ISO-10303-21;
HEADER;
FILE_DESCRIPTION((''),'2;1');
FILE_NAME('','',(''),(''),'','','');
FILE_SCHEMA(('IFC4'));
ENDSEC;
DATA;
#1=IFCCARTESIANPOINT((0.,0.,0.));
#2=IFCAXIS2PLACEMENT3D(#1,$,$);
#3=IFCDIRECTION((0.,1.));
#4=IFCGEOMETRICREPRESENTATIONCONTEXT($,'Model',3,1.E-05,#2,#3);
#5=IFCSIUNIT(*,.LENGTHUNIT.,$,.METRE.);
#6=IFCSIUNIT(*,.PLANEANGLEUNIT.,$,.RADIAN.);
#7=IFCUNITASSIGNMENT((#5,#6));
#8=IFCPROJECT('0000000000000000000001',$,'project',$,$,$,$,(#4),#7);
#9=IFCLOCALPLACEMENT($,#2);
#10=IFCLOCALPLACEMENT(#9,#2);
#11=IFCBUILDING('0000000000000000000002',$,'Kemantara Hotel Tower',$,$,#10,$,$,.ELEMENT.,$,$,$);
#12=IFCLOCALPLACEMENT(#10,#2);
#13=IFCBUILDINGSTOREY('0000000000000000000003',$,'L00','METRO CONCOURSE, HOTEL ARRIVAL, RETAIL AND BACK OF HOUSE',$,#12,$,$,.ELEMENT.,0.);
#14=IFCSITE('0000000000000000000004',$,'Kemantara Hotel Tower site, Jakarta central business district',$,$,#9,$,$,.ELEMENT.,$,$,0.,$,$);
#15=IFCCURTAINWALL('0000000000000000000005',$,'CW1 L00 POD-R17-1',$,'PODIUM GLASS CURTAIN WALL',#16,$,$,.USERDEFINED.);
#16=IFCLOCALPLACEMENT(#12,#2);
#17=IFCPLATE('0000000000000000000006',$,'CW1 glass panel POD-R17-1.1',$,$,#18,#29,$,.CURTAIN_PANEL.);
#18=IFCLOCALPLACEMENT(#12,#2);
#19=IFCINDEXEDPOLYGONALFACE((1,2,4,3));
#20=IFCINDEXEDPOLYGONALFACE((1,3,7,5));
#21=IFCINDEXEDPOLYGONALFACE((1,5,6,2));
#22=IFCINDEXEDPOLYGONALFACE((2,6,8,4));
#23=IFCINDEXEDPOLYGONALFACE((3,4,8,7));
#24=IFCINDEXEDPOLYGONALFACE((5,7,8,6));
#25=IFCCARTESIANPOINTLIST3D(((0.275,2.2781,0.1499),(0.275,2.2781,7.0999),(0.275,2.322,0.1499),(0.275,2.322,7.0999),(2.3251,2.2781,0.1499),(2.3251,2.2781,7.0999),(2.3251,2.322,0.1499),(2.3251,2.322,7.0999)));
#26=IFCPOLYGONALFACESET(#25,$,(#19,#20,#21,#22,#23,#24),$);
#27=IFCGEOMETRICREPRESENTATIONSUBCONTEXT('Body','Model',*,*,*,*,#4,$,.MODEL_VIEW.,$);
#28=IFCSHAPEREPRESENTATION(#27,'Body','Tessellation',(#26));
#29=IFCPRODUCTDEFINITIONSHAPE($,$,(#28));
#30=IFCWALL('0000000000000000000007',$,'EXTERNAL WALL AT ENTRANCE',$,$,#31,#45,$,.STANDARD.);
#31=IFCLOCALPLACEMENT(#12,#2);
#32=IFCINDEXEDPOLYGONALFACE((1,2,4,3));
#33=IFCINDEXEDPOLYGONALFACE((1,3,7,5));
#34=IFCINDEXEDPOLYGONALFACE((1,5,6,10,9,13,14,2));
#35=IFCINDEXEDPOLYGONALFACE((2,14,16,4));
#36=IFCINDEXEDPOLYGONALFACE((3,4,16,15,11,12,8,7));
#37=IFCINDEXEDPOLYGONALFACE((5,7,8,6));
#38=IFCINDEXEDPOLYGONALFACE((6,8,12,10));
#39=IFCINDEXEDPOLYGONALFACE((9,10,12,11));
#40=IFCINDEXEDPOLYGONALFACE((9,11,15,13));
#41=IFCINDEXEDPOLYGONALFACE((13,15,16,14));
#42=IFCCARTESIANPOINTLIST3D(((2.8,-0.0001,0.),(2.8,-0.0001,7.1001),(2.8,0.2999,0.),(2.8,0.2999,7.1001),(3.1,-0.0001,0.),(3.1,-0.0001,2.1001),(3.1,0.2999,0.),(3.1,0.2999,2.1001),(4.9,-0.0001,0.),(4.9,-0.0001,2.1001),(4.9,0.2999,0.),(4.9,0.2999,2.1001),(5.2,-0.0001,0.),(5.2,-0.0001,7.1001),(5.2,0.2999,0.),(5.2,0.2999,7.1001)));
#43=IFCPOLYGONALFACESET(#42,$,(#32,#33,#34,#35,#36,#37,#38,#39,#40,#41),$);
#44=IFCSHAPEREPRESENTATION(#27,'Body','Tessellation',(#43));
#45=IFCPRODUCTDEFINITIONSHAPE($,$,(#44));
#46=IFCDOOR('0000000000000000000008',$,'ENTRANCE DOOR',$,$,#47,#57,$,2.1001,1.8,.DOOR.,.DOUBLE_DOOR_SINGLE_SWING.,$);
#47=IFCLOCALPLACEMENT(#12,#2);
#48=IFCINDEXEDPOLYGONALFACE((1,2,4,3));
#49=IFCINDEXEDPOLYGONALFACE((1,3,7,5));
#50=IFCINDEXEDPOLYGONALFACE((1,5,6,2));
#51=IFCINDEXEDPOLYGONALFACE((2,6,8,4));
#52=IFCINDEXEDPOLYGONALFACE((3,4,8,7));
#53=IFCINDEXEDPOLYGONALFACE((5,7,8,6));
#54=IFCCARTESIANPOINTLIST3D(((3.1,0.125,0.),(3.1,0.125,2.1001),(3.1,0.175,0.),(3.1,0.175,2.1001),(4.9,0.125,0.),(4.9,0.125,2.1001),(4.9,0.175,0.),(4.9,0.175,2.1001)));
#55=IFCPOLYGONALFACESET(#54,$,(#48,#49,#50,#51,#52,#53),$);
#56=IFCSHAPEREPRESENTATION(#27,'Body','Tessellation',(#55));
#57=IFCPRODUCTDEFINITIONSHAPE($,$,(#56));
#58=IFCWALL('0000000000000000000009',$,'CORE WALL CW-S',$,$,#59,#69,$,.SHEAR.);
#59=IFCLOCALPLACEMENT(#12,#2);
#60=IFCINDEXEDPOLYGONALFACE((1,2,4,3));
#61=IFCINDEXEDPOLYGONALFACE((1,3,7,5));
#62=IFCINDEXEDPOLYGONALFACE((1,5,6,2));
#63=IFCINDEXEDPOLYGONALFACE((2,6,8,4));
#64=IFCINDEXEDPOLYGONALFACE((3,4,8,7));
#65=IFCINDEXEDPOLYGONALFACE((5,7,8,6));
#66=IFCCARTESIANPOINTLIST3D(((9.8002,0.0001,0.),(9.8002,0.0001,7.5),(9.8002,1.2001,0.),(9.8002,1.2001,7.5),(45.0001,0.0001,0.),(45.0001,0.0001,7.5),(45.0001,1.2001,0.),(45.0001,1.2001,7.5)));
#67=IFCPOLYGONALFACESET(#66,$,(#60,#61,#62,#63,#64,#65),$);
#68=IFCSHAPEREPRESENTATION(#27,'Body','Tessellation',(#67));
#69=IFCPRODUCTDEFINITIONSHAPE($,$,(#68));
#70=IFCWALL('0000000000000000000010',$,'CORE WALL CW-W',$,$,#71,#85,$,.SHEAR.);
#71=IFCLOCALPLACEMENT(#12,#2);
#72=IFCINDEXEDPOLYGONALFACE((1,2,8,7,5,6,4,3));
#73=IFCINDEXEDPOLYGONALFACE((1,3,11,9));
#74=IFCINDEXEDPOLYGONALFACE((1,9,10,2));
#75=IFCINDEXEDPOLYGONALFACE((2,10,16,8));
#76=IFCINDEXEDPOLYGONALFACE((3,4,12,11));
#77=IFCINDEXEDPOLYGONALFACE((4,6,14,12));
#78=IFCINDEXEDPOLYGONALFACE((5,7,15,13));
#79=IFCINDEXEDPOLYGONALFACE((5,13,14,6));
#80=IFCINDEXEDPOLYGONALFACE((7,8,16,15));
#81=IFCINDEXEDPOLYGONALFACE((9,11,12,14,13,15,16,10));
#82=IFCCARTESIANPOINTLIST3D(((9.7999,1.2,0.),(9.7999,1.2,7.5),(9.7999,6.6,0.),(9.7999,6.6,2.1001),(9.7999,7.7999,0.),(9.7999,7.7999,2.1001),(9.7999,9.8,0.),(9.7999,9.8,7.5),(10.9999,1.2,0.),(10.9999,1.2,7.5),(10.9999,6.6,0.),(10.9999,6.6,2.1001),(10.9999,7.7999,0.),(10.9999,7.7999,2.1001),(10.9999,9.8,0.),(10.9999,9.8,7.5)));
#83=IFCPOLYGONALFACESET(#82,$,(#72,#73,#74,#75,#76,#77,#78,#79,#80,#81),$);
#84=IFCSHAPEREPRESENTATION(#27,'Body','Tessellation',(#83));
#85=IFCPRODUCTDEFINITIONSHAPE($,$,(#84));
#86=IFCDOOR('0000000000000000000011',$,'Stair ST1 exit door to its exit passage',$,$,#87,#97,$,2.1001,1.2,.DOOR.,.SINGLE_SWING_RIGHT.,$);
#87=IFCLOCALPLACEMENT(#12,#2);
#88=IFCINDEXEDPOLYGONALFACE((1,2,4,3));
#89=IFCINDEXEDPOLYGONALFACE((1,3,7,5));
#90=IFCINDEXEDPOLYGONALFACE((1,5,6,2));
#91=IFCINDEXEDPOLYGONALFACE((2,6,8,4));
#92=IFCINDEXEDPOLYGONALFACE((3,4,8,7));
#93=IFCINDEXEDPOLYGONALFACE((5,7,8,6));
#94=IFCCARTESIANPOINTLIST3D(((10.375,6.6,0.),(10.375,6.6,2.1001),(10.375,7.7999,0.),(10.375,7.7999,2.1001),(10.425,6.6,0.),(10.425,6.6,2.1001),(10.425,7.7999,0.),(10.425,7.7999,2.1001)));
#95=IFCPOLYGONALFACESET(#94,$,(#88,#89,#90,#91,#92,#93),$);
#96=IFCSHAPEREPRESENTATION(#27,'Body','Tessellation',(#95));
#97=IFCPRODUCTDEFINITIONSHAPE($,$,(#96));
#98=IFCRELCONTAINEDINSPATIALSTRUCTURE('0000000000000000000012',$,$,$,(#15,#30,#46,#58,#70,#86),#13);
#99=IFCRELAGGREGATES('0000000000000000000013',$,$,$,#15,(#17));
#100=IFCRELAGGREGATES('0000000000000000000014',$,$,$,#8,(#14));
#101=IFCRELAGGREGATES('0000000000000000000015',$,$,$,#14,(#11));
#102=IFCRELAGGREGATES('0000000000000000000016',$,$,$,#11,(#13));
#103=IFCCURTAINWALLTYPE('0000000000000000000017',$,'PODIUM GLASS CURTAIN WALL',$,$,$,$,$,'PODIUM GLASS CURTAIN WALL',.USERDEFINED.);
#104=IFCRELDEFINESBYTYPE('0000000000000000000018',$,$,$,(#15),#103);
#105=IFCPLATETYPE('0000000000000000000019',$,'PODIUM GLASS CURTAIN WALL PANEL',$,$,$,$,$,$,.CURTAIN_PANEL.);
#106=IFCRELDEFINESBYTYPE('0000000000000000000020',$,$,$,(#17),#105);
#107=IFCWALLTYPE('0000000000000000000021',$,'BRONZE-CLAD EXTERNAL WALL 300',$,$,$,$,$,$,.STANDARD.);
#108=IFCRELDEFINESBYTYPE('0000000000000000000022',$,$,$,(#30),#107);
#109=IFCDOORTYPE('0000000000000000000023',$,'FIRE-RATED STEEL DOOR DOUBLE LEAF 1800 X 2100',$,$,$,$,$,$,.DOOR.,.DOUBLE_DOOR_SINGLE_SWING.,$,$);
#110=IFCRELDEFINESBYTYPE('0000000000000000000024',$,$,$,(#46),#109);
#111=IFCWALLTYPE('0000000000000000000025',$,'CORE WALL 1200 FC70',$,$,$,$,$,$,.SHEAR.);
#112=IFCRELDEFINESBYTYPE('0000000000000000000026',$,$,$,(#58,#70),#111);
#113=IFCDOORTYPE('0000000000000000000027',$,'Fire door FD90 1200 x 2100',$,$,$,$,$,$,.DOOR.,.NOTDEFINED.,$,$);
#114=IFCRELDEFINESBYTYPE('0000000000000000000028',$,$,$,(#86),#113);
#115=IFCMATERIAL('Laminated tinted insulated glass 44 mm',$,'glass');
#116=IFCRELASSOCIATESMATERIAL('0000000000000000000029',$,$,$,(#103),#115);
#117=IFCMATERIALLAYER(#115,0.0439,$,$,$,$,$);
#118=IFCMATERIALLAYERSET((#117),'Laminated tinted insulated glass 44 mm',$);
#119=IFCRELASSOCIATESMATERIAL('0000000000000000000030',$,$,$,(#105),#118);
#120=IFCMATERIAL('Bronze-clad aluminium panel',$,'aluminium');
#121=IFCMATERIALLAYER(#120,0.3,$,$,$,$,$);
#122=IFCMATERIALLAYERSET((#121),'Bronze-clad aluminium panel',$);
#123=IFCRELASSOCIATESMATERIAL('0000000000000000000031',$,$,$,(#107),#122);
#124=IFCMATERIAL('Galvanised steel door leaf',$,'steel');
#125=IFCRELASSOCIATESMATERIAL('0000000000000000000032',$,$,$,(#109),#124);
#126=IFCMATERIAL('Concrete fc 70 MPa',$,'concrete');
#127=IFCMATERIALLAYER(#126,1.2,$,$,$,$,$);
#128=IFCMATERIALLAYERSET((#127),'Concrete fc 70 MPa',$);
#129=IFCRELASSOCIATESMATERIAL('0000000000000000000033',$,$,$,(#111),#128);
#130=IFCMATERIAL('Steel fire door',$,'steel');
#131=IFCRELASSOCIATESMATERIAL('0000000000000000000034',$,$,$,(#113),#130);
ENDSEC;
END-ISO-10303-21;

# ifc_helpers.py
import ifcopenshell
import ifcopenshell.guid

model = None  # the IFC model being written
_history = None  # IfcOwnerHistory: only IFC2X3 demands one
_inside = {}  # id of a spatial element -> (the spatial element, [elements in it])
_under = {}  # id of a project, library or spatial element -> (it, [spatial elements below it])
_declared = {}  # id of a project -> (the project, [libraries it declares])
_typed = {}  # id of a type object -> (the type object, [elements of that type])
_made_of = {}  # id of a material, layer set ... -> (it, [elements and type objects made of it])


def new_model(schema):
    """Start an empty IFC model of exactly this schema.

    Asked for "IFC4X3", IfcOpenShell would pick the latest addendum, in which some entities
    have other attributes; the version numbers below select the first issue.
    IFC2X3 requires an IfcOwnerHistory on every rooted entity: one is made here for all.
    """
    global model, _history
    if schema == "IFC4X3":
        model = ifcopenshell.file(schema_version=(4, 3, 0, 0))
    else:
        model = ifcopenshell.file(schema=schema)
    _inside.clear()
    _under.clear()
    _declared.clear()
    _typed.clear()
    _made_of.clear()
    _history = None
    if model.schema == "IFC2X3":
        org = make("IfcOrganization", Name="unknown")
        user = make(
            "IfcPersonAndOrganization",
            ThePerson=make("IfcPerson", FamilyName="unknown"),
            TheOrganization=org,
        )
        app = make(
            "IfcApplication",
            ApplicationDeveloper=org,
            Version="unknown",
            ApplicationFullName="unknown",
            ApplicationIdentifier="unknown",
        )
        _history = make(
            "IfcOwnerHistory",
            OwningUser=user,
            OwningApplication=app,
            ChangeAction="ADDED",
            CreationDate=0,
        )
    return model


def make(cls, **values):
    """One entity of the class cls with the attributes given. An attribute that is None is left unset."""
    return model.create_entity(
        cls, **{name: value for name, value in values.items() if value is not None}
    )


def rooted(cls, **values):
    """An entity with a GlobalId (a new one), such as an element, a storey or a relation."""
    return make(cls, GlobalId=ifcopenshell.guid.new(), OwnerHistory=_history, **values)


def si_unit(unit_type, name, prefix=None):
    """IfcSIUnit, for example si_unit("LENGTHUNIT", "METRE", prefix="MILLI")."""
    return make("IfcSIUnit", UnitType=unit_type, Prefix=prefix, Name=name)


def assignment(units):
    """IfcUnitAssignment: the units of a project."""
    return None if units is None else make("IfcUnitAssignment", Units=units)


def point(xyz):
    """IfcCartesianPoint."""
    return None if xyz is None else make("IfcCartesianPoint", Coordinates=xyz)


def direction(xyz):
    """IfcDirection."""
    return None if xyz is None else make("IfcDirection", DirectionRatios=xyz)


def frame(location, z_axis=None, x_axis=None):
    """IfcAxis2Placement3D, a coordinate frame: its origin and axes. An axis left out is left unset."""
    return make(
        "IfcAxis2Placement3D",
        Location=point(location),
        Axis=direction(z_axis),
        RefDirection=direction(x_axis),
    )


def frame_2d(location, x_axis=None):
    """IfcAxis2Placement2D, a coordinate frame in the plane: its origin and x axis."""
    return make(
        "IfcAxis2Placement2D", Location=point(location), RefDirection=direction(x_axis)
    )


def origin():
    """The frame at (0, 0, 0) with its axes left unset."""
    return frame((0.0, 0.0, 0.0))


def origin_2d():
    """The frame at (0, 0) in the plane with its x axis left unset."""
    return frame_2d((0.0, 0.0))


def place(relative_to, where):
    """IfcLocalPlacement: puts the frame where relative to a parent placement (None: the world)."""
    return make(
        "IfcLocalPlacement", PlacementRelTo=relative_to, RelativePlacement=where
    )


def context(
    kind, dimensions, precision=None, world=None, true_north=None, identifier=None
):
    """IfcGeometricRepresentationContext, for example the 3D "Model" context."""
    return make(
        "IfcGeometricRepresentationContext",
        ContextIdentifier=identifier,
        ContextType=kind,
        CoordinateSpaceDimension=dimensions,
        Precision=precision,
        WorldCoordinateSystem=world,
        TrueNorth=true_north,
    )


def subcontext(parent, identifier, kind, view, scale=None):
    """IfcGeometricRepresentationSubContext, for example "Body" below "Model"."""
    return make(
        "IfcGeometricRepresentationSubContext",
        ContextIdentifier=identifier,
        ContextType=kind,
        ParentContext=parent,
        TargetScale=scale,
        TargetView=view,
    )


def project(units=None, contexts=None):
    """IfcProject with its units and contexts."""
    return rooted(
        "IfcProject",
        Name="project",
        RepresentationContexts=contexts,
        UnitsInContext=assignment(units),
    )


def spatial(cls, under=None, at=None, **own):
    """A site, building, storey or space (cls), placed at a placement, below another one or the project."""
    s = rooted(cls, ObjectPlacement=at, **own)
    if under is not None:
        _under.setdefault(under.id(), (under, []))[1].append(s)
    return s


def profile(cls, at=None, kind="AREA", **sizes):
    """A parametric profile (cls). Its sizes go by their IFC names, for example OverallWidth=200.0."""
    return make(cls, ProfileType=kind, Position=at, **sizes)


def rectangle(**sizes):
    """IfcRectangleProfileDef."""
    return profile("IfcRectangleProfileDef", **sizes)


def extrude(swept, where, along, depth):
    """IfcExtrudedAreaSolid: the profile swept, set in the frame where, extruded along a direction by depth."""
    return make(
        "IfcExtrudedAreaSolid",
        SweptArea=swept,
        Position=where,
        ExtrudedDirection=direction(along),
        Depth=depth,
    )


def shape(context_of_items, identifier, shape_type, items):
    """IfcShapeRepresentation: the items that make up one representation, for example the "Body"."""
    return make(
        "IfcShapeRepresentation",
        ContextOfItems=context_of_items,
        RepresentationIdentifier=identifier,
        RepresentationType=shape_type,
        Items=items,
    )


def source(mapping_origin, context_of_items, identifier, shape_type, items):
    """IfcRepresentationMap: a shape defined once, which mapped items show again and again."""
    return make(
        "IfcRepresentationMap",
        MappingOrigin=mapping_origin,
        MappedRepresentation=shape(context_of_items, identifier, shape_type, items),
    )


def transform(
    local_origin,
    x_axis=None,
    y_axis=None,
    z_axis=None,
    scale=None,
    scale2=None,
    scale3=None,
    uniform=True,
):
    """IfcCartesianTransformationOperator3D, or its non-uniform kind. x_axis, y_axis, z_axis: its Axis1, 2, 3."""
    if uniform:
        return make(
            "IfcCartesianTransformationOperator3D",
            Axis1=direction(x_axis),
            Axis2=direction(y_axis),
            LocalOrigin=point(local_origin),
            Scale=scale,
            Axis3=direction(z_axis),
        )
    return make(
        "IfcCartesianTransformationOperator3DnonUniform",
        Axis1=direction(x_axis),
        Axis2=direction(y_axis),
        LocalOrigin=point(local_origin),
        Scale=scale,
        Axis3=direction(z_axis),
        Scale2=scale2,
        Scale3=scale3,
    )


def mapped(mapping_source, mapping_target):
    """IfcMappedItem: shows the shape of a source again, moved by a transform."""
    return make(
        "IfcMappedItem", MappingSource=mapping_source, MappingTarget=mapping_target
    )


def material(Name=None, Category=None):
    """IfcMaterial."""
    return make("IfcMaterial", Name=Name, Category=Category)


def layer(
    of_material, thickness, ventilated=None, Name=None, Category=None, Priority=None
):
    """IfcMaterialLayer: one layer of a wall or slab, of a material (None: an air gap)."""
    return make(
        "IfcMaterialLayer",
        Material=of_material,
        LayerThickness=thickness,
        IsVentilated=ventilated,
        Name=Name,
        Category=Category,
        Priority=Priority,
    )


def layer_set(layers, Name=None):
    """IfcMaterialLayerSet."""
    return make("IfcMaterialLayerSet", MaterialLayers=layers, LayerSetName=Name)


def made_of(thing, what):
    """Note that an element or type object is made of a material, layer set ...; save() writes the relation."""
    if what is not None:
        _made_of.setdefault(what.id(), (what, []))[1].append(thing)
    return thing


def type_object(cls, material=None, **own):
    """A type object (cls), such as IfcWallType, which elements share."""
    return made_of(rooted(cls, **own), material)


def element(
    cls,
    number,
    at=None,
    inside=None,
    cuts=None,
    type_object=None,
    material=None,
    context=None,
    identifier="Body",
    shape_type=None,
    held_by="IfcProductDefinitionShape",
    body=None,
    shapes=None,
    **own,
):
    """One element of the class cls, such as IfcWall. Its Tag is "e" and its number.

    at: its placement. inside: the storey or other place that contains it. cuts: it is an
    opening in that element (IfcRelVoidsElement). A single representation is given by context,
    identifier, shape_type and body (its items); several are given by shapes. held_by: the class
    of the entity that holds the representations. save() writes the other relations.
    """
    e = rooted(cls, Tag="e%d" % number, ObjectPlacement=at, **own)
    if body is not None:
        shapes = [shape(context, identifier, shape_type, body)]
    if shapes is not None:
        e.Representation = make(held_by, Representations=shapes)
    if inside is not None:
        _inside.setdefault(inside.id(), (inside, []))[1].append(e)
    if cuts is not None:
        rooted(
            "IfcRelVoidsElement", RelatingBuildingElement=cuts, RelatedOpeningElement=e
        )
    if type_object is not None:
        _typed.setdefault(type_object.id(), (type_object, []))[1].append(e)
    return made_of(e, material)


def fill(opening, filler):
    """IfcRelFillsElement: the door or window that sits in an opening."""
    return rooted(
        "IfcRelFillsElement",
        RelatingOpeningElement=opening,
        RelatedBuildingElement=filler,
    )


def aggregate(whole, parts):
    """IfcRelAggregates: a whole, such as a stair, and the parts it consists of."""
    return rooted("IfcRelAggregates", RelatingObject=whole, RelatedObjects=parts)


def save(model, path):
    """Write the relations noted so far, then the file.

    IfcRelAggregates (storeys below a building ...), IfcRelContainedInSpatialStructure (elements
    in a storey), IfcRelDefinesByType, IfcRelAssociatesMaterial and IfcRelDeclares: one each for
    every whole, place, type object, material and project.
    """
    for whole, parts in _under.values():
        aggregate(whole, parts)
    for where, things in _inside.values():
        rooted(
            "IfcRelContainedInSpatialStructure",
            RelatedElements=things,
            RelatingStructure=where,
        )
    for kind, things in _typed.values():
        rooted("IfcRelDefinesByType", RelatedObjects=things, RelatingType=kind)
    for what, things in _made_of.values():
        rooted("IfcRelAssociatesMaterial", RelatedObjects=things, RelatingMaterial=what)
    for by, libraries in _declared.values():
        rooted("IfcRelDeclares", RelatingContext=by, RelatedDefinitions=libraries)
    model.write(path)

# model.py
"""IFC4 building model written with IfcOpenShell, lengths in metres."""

from ifc_helpers import new_model, si_unit, direction, frame, frame_2d, origin, origin_2d, place, context, subcontext, project, spatial, rectangle, extrude, source, transform, mapped, material, layer, layer_set, type_object, element, fill, aggregate, save


model = new_model("IFC4")

# Units and contexts
model_context = context("Model", 3, precision=1e-05, world=origin(), true_north=direction((0.0, 1.0)))
body_context = subcontext(model_context, "Body", "Model", "MODEL_VIEW")
ifc_project = project(units=[si_unit("LENGTHUNIT", "METRE"), si_unit("PLANEANGLEUNIT", "RADIAN")], contexts=[model_context])

# Site, building, storey
site_placement = place(None, origin())
site = spatial("IfcSite", under=ifc_project, at=site_placement, Name="Kemantara Hotel Tower site, Jakarta central business district", CompositionType="ELEMENT", RefElevation=0.0)
building_placement = place(site_placement, origin())
building = spatial("IfcBuilding", under=site, at=building_placement, Name="Kemantara Hotel Tower", CompositionType="ELEMENT")
storey_placement = place(building_placement, origin())
storey = spatial("IfcBuildingStorey", under=building, at=storey_placement, Name="L00", Description="METRO CONCOURSE, HOTEL ARRIVAL, RETAIL AND BACK OF HOUSE", CompositionType="ELEMENT", Elevation=0.0)

# Shared definitions
ifc_material_1 = material(Name="Laminated tinted insulated glass 44 mm", Category="glass")
curtain_wall_type = type_object("IfcCurtainWallType", Name="PODIUM GLASS CURTAIN WALL", ElementType="PODIUM GLASS CURTAIN WALL", PredefinedType="USERDEFINED", material=ifc_material_1)

# Curtain wall
curtain_wall_1_placement = place(storey_placement, origin())
curtain_wall_1 = element("IfcCurtainWall", 1, at=curtain_wall_1_placement, inside=storey, type_object=curtain_wall_type, Name="CW1 L00 POD-R17-1", ObjectType="PODIUM GLASS CURTAIN WALL", PredefinedType="USERDEFINED")

# Plate
ifc_layer_1 = layer(ifc_material_1, 0.0439)
ifc_layer_set_1 = layer_set([ifc_layer_1], Name="Laminated tinted insulated glass 44 mm")
plate_type = type_object("IfcPlateType", Name="PODIUM GLASS CURTAIN WALL PANEL", PredefinedType="CURTAIN_PANEL", material=ifc_layer_set_1)
shared_shape_1 = source(origin(), body_context, "Body", "SweptSolid", [
    extrude(rectangle(XDim=2.05, YDim=0.0439, at=origin_2d()), origin(), (0.0, 0.0, 1.0), 6.95),
])
plate_1_placement = place(storey_placement, frame((1.3, 2.3, 0.1499), z_axis=(0.0, 0.0, 1.0), x_axis=(1.0, 0.0, 0.0)))
plate_1 = element("IfcPlate", 2, at=plate_1_placement, type_object=plate_type, Name="CW1 glass panel POD-R17-1.1", PredefinedType="CURTAIN_PANEL", context=body_context, shape_type="MappedRepresentation", body=[
    mapped(shared_shape_1, transform((0.0, 0.0, 0.0))),
])
aggregate(curtain_wall_1, [plate_1])

# Wall, opening, door
ifc_material_2 = material(Name="Bronze-clad aluminium panel", Category="aluminium")
ifc_layer_2 = layer(ifc_material_2, 0.3)
ifc_layer_set_2 = layer_set([ifc_layer_2], Name="Bronze-clad aluminium panel")
wall_type_1 = type_object("IfcWallType", Name="BRONZE-CLAD EXTERNAL WALL 300", PredefinedType="STANDARD", material=ifc_layer_set_2)
wall_1_placement = place(storey_placement, frame((5.2, 0.1499, 0.0), z_axis=(0.0, 0.0, 1.0), x_axis=(-1.0, 0.0, 0.0)))
wall_1 = element("IfcWall", 3, at=wall_1_placement, inside=storey, type_object=wall_type_1, Name="EXTERNAL WALL AT ENTRANCE", PredefinedType="STANDARD", context=body_context, shape_type="SweptSolid", body=[
    extrude(rectangle(XDim=2.3999, YDim=0.3, at=frame_2d((1.2, 0.0))), origin(), (0.0, 0.0, 1.0), 7.1001),
])
opening_1_placement = place(wall_1_placement, frame((0.3, 0.0, 0.0)))
opening_1 = element("IfcOpeningElement", 4, at=opening_1_placement, cuts=wall_1, PredefinedType="OPENING", context=body_context, shape_type="SweptSolid", body=[
    extrude(rectangle(XDim=1.8, YDim=2.1001, at=frame_2d((0.8999, 1.05))), frame((0.0, 0.1599, 0.0), z_axis=(0.0, -1.0, 0.0), x_axis=(1.0, 0.0, 0.0)), (0.0, 0.0, 1.0), 0.3201),
])
ifc_material_3 = material(Name="Galvanised steel door leaf", Category="steel")
door_type_1 = type_object("IfcDoorType", Name="FIRE-RATED STEEL DOOR DOUBLE LEAF 1800 X 2100", OperationType="DOUBLE_DOOR_SINGLE_SWING", PredefinedType="DOOR", material=ifc_material_3)
door_1_placement = place(opening_1_placement, origin())
door_1 = element("IfcDoor", 5, at=door_1_placement, inside=storey, type_object=door_type_1, Name="ENTRANCE DOOR", OperationType="DOUBLE_DOOR_SINGLE_SWING", OverallHeight=2.1001, OverallWidth=1.8, PredefinedType="DOOR", context=body_context, shape_type="SweptSolid", body=[
    extrude(rectangle(XDim=1.8, YDim=2.1001, at=frame_2d((0.8999, 1.05))), frame((0.0, 0.0249, 0.0), z_axis=(0.0, -1.0, 0.0), x_axis=(1.0, 0.0, 0.0)), (0.0, 0.0, 1.0), 0.05),
])
fill(opening_1, door_1)

# Wall
ifc_material_4 = material(Name="Concrete fc 70 MPa", Category="concrete")
ifc_layer_3 = layer(ifc_material_4, 1.2)
ifc_layer_set_3 = layer_set([ifc_layer_3], Name="Concrete fc 70 MPa")
wall_type_2 = type_object("IfcWallType", Name="CORE WALL 1200 FC70", PredefinedType="SHEAR", material=ifc_layer_set_3)
wall_2_placement = place(storey_placement, frame((9.8, 0.6001, 0.0), z_axis=(0.0, 0.0, 1.0), x_axis=(1.0, 0.0, 0.0)))
element("IfcWall", 6, at=wall_2_placement, inside=storey, type_object=wall_type_2, Name="CORE WALL CW-S", PredefinedType="SHEAR", context=body_context, shape_type="SweptSolid", body=[
    extrude(rectangle(XDim=35.2, YDim=1.2, at=frame_2d((17.6001, 0.0))), origin(), (0.0, 0.0, 1.0), 7.5),
])

# Wall, opening, door
wall_3_placement = place(storey_placement, frame((10.3999, 1.2, 0.0), z_axis=(0.0, 0.0, 1.0), x_axis=(0.0, 1.0, 0.0)))
wall_3 = element("IfcWall", 7, at=wall_3_placement, inside=storey, type_object=wall_type_2, Name="CORE WALL CW-W", PredefinedType="SHEAR", context=body_context, shape_type="SweptSolid", body=[
    extrude(rectangle(XDim=8.6001, YDim=1.2, at=frame_2d((4.3, 0.0))), origin(), (0.0, 0.0, 1.0), 7.5),
])
opening_2_placement = place(wall_3_placement, frame((5.3999, 0.0, 0.0)))
opening_2 = element("IfcOpeningElement", 8, at=opening_2_placement, cuts=wall_3, PredefinedType="OPENING", context=body_context, shape_type="SweptSolid", body=[
    extrude(rectangle(XDim=1.2, YDim=2.1001, at=frame_2d((0.6001, 1.05))), frame((0.0, 0.6099, 0.0), z_axis=(0.0, -1.0, 0.0), x_axis=(1.0, 0.0, 0.0)), (0.0, 0.0, 1.0), 1.22),
])
ifc_material_5 = material(Name="Steel fire door", Category="steel")
door_type_2 = type_object("IfcDoorType", Name="Fire door FD90 1200 x 2100", OperationType="NOTDEFINED", PredefinedType="DOOR", material=ifc_material_5)
door_2_placement = place(opening_2_placement, origin())
door_2 = element("IfcDoor", 9, at=door_2_placement, inside=storey, type_object=door_type_2, Name="Stair ST1 exit door to its exit passage", OperationType="SINGLE_SWING_RIGHT", OverallHeight=2.1001, OverallWidth=1.2, PredefinedType="DOOR", context=body_context, shape_type="SweptSolid", body=[
    extrude(rectangle(XDim=1.2, YDim=2.1001, at=frame_2d((0.6001, 1.05))), frame((0.0, 0.0249, 0.0), z_axis=(0.0, -1.0, 0.0), x_axis=(1.0, 0.0, 0.0)), (0.0, 0.0, 1.0), 0.05),
])
fill(opening_2, door_2)

save(model, "model.ifc")
